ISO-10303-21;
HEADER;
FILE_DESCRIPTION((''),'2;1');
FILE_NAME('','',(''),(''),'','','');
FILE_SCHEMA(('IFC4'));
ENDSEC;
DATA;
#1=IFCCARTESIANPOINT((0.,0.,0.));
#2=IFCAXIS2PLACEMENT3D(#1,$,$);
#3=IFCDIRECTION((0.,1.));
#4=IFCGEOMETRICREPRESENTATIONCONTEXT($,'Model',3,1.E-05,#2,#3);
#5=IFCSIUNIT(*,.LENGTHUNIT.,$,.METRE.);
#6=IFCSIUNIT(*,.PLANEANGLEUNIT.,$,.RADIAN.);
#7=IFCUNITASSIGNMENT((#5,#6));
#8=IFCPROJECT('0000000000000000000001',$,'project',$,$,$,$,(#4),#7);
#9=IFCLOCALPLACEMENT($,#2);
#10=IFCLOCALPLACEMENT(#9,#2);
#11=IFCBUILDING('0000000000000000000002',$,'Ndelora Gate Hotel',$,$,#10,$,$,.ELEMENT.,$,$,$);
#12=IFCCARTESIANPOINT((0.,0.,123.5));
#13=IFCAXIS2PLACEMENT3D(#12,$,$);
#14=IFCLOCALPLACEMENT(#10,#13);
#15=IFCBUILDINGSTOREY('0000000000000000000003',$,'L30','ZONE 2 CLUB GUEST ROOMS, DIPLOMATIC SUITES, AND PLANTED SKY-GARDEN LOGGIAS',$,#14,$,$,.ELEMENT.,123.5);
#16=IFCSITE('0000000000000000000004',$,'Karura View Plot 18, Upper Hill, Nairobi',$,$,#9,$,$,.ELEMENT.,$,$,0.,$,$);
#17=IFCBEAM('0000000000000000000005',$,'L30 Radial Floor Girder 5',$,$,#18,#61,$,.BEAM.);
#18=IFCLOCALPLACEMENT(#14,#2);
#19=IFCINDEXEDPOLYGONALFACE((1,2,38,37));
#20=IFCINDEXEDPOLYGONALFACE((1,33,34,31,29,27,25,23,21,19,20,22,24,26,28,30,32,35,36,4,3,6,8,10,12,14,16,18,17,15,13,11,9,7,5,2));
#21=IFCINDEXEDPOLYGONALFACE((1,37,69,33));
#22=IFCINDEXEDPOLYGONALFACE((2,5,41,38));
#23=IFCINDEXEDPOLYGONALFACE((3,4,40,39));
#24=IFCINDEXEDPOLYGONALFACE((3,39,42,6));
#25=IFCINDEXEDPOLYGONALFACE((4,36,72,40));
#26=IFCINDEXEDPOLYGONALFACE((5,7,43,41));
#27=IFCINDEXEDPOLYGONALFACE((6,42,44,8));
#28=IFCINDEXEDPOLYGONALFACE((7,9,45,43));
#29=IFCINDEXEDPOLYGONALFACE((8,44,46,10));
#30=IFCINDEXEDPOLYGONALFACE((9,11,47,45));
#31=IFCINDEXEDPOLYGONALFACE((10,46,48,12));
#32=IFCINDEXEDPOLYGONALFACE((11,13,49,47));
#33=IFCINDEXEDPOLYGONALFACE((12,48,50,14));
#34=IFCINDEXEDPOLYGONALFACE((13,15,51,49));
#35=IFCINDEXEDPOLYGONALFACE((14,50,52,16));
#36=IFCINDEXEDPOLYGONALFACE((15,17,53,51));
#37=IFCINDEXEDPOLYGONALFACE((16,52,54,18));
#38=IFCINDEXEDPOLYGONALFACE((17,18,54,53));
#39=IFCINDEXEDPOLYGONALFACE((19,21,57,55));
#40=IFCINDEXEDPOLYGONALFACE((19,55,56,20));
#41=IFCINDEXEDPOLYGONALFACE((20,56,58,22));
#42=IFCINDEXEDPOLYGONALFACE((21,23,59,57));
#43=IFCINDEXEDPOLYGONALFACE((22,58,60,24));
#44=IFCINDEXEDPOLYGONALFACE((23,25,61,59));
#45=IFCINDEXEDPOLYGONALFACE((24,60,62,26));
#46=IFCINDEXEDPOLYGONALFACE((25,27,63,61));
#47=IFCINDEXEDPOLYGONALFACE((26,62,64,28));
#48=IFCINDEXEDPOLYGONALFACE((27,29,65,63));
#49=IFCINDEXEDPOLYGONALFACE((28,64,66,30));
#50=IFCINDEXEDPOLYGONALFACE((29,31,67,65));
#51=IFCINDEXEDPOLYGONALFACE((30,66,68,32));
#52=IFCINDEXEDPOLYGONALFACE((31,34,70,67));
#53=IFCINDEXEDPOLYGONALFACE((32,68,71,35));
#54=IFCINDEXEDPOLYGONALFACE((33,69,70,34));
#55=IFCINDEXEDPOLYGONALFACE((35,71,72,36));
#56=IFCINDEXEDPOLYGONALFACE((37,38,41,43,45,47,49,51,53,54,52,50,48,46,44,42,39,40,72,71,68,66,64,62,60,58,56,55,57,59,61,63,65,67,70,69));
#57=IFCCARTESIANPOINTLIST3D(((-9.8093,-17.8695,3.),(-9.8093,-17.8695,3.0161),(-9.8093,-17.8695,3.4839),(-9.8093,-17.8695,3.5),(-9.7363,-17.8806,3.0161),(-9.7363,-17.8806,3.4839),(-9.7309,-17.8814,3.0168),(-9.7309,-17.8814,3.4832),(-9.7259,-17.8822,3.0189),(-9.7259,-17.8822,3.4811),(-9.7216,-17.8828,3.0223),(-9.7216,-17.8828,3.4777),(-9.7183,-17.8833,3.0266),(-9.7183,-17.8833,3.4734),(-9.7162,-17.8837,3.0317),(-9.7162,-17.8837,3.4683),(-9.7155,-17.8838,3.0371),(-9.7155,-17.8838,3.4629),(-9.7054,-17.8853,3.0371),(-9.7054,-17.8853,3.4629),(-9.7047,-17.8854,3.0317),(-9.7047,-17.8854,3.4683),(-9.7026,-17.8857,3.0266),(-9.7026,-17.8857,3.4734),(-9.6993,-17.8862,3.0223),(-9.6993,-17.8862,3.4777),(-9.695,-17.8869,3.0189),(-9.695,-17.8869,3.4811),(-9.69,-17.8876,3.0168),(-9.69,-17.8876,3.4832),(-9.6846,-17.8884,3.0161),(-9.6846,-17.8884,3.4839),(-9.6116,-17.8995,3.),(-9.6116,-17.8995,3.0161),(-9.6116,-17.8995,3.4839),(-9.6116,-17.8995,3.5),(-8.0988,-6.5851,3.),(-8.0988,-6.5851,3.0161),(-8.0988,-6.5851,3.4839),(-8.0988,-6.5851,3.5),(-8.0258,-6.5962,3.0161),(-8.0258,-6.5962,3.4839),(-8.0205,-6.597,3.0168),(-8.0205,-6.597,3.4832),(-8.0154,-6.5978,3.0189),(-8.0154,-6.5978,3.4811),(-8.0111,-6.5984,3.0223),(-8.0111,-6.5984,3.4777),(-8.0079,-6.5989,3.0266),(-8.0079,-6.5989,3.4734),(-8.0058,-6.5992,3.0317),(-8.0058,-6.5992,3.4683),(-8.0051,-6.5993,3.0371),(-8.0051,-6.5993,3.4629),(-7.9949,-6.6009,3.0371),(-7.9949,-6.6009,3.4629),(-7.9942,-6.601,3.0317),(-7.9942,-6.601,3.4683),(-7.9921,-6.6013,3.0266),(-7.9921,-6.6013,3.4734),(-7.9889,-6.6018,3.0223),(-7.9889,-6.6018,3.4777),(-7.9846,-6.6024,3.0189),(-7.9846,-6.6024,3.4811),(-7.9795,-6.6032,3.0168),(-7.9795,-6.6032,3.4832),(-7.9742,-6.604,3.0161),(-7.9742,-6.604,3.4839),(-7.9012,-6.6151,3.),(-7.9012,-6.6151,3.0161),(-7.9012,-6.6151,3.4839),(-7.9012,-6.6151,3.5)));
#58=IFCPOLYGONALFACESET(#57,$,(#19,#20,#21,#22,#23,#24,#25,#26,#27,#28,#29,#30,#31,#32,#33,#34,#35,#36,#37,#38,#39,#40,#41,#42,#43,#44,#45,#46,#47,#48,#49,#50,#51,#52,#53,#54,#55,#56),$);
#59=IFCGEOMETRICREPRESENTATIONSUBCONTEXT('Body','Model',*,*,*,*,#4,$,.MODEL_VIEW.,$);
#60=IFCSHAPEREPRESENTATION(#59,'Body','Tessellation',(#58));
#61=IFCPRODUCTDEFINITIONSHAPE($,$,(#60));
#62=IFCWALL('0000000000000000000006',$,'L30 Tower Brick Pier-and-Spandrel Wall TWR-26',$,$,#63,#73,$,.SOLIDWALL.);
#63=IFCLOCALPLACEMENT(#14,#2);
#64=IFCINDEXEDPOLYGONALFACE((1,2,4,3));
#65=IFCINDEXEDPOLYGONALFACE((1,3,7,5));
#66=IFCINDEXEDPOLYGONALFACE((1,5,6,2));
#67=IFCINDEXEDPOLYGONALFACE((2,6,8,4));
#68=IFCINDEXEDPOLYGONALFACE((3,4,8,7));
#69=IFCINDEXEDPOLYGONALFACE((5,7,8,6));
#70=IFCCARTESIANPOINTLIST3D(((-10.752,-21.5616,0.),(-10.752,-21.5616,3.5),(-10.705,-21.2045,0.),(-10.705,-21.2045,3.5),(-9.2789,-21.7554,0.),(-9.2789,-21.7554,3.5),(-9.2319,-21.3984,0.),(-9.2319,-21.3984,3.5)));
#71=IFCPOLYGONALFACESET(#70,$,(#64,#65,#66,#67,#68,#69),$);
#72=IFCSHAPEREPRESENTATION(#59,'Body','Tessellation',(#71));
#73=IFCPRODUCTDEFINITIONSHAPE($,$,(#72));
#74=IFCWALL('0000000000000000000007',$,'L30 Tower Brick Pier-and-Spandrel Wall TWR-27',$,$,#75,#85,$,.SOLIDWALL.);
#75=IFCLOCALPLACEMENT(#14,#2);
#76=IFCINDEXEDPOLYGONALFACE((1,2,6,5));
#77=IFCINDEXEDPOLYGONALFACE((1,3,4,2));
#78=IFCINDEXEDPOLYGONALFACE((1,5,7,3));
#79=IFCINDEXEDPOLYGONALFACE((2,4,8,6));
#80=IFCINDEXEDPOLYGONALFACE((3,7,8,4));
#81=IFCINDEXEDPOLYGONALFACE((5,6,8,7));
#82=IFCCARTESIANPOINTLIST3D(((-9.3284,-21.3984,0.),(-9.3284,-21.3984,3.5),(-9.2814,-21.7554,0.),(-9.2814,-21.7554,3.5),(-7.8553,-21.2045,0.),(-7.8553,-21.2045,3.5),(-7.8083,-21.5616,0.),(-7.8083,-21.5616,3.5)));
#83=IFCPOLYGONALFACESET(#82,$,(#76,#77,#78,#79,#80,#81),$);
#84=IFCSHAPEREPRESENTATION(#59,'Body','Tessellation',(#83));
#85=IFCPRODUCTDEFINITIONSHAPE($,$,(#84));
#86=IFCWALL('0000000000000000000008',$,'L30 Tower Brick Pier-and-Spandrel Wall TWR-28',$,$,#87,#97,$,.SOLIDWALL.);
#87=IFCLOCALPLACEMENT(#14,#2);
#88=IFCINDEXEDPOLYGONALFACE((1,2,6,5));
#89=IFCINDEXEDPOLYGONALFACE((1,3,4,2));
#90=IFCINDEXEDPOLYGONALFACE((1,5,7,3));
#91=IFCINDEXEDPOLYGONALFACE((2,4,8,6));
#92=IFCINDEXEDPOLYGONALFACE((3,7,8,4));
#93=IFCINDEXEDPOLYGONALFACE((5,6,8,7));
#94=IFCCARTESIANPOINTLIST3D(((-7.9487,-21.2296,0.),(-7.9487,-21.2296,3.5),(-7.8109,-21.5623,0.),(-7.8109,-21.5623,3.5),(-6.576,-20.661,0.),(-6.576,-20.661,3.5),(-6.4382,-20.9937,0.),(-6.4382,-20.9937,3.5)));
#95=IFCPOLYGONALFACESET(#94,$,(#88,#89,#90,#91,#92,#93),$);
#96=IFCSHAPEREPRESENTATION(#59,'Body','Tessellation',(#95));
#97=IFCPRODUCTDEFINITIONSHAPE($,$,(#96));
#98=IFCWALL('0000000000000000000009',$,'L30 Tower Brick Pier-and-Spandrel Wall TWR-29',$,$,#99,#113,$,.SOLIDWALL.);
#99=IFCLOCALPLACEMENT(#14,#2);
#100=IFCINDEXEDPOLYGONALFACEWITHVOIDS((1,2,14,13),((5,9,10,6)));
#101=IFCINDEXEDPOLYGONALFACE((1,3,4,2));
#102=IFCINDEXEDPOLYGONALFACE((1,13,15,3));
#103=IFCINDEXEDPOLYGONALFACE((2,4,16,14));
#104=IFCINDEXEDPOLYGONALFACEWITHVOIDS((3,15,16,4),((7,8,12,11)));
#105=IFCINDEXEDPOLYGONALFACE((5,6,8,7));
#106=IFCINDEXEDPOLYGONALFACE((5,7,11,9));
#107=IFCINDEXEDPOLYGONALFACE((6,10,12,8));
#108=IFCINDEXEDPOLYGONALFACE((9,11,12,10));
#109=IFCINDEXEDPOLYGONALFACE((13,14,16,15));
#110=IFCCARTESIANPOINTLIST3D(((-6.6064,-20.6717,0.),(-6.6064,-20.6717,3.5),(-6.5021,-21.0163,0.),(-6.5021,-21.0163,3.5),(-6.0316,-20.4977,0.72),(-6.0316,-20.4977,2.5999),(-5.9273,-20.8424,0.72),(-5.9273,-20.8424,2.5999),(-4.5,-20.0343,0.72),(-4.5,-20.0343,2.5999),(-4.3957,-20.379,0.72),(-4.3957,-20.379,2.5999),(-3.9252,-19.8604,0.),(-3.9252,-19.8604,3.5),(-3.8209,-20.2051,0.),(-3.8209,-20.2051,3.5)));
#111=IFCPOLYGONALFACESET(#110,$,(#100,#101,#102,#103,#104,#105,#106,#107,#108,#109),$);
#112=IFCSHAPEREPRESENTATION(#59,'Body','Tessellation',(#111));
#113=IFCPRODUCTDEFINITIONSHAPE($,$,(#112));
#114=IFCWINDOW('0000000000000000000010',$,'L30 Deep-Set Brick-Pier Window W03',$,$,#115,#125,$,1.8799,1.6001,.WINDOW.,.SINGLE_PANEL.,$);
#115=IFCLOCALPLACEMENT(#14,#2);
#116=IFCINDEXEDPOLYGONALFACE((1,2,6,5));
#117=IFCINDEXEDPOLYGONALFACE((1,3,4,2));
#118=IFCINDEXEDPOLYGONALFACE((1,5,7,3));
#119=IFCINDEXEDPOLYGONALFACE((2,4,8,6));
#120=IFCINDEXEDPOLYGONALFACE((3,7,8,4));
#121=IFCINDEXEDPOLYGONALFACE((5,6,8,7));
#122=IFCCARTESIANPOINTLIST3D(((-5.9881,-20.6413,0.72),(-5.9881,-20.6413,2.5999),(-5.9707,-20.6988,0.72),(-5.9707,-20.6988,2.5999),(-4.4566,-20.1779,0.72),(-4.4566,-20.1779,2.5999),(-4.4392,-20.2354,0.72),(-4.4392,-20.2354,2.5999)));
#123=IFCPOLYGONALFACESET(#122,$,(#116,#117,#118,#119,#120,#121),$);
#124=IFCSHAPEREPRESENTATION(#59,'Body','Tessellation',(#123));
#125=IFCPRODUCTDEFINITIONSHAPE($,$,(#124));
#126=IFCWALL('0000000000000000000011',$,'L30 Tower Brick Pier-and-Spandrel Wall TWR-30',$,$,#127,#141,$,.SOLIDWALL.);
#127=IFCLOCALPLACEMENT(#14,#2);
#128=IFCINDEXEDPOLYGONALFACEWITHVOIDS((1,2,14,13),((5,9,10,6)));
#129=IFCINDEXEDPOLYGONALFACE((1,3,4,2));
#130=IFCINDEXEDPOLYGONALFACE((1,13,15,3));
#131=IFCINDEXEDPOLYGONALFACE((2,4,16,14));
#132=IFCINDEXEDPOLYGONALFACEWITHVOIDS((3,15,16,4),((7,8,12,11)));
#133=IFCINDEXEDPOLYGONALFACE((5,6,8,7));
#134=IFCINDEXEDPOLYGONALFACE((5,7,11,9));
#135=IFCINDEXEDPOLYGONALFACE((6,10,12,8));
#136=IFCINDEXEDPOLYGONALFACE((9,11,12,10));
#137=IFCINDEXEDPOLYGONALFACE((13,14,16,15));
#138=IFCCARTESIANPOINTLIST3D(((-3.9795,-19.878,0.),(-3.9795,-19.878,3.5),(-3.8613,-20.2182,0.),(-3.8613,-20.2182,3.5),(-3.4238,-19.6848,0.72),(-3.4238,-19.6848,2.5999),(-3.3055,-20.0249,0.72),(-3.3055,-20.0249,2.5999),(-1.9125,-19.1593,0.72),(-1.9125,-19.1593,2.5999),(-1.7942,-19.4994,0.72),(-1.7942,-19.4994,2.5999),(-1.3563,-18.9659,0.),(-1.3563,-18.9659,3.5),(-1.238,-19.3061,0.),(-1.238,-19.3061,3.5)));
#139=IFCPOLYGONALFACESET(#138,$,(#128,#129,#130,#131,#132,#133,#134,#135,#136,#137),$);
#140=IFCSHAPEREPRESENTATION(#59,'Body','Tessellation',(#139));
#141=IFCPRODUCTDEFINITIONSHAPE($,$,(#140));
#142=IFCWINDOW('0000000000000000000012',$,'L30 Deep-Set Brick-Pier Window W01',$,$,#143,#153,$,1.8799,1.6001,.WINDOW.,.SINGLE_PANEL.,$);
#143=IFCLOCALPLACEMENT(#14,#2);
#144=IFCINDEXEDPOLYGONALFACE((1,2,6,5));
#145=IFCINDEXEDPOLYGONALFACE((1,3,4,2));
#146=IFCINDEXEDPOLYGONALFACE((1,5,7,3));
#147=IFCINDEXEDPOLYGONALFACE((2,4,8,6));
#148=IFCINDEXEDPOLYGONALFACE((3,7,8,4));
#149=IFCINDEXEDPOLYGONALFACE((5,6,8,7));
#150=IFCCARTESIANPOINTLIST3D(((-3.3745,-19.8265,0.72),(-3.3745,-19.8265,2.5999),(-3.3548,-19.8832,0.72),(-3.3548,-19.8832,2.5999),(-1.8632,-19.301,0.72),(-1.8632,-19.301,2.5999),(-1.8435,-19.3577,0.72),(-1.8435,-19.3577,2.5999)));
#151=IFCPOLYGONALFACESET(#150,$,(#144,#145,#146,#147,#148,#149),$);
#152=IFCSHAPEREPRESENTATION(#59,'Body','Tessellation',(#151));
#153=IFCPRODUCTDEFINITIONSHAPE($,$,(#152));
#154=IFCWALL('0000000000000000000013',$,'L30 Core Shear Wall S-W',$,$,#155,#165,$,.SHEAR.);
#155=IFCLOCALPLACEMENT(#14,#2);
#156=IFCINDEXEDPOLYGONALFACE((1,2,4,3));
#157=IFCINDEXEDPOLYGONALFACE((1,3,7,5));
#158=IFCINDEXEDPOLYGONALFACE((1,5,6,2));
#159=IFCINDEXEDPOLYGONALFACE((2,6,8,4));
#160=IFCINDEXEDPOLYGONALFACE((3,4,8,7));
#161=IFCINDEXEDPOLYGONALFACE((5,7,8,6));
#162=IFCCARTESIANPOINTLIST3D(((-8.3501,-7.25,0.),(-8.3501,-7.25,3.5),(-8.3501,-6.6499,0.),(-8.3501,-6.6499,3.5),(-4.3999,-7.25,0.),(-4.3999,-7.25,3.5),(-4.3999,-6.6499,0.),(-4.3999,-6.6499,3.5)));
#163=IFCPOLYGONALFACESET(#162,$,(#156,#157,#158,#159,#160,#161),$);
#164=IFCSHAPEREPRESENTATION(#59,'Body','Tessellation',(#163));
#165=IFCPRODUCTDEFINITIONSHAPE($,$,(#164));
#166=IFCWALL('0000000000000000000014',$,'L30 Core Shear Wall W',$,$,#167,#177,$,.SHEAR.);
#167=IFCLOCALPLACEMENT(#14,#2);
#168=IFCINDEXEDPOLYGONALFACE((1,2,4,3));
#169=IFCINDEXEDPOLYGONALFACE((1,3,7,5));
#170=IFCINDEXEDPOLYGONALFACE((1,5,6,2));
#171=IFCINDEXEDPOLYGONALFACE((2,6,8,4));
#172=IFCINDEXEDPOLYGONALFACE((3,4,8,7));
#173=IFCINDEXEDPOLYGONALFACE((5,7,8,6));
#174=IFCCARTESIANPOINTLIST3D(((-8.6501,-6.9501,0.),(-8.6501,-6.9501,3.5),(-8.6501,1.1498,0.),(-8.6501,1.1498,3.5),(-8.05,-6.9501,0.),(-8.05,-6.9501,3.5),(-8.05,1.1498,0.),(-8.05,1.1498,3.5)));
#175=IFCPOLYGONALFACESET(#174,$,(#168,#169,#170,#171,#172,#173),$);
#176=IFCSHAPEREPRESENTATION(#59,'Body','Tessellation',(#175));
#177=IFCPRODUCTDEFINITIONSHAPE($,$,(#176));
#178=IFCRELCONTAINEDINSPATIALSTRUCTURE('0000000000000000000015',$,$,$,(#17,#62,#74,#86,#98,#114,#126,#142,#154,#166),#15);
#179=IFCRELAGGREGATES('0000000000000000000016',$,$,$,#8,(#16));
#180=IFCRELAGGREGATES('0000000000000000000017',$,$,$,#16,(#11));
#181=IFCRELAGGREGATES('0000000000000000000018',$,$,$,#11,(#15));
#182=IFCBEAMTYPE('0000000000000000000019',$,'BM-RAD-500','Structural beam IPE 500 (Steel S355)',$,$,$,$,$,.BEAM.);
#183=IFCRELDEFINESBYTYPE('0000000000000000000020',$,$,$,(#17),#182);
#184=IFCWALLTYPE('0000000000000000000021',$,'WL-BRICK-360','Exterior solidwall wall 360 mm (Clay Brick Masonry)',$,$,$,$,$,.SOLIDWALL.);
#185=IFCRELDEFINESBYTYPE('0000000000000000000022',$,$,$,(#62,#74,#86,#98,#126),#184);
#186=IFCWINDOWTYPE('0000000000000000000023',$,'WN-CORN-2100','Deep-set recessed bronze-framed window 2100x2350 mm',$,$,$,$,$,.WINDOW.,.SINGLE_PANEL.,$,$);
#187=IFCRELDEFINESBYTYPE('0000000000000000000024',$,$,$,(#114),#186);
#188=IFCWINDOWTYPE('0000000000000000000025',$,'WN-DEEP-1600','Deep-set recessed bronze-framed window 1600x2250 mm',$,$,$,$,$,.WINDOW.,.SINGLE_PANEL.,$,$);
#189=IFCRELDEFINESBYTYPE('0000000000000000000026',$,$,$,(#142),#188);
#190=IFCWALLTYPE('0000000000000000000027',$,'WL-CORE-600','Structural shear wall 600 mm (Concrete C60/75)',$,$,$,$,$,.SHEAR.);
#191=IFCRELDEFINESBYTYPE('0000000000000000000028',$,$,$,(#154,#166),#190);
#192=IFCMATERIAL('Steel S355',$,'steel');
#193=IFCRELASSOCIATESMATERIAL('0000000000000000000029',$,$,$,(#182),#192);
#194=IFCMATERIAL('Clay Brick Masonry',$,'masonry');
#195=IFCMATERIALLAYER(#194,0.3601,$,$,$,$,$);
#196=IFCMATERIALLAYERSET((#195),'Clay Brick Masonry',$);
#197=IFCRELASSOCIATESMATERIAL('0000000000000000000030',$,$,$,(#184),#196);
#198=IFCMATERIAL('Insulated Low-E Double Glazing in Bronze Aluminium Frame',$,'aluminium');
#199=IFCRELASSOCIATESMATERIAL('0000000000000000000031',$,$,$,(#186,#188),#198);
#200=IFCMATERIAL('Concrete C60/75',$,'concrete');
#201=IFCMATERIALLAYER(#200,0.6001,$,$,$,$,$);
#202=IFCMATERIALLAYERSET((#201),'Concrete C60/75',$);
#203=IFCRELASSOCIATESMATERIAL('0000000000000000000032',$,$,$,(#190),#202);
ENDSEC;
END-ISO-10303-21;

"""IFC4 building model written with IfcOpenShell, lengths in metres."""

from ifc_helpers import new_model, si_unit, direction, frame, frame_2d, origin, origin_2d, place, context, subcontext, project, spatial, rectangle, i_section, extrude, material, layer, layer_set, material_profile, profile_set, type_object, element, fill, save


model = new_model("IFC4")

# Units and contexts
model_context = context("Model", 3, precision=1e-05, world=origin(), true_north=direction((0.0, 1.0)))
body_context = subcontext(model_context, "Body", "Model", "MODEL_VIEW")
ifc_project = project(units=[si_unit("LENGTHUNIT", "METRE"), si_unit("PLANEANGLEUNIT", "RADIAN")], contexts=[model_context])

# Site, building, storey
site_placement = place(None, origin())
site = spatial("IfcSite", under=ifc_project, at=site_placement, Name="Karura View Plot 18, Upper Hill, Nairobi", CompositionType="ELEMENT", RefElevation=0.0)
building_placement = place(site_placement, origin())
building = spatial("IfcBuilding", under=site, at=building_placement, Name="Ndelora Gate Hotel", CompositionType="ELEMENT")
storey_placement = place(building_placement, frame((0.0, 0.0, 123.5)))
storey = spatial("IfcBuildingStorey", under=building, at=storey_placement, Name="L30", Description="ZONE 2 CLUB GUEST ROOMS, DIPLOMATIC SUITES, AND PLANTED SKY-GARDEN LOGGIAS", CompositionType="ELEMENT", Elevation=123.5)

# Shared definitions
ifc_material_1 = material(Name="Concrete C60/75", Category="concrete")

# Beam
ifc_material_2 = material(Name="Steel S355", Category="steel")
ifc_material_profile_1 = material_profile(ifc_material_2, i_section(OverallWidth=0.2, OverallDepth=0.5, WebThickness=0.0103, FlangeThickness=0.0161, FilletRadius=0.021, at=origin_2d()), Name="IPE 500")
ifc_profile_set_1 = profile_set([ifc_material_profile_1], Name="Steel S355")
beam_type_1 = type_object("IfcBeamType", Name="BM-RAD-500", Description="Structural beam IPE 500 (Steel S355)", PredefinedType="BEAM", material=ifc_profile_set_1)
beam_1_placement = place(storey_placement, frame((-8.0, -6.6001, 3.25), z_axis=(-0.149864, -0.988707, 0.0), x_axis=(0.988707, -0.149864, 0.0)))
element("IfcBeam", 1, at=beam_1_placement, inside=storey, type_object=beam_type_1, Name="L30 Radial Floor Girder 5", PredefinedType="BEAM", context=body_context, shape_type="SweptSolid", body=[
    extrude(i_section(OverallWidth=0.2, OverallDepth=0.5, WebThickness=0.0103, FlangeThickness=0.0161, FilletRadius=0.021, at=origin_2d()), origin(), (0.0, 0.0, 1.0), 11.4133),
])

# Walls
ifc_material_3 = material(Name="Clay Brick Masonry", Category="masonry")
ifc_layer_1 = layer(ifc_material_3, 0.3601)
ifc_layer_set_1 = layer_set([ifc_layer_1], Name="Clay Brick Masonry")
wall_type_1 = type_object("IfcWallType", Name="WL-BRICK-360", Description="Exterior solidwall wall 360 mm (Clay Brick Masonry)", PredefinedType="SOLIDWALL", material=ifc_layer_set_1)
for number, where, z_axis, x_axis, name in (
    (2, (-9.2554, -21.5769, 0.0), (0.0, 0.0, 1.0), (-0.991453, 0.130463, 0.0), "L30 Tower Brick Pier-and-Spandrel Wall TWR-26"),
    (3, (-7.8318, -21.3831, 0.0), (0.0, 0.0, 1.0), (-0.991453, -0.130463, 0.0), "L30 Tower Brick Pier-and-Spandrel Wall TWR-27"),
    (4, (-6.5071, -20.8274, 0.0), (0.0, 0.0, 1.0), (-0.923887, -0.382666, 0.0), "L30 Tower Brick Pier-and-Spandrel Wall TWR-28"),
):
    element("IfcWall", number, at=place(storey_placement, frame(where, z_axis=z_axis, x_axis=x_axis)), inside=storey, type_object=wall_type_1, Name=name, PredefinedType="SOLIDWALL", context=body_context, shape_type="SweptSolid", body=[
        extrude(rectangle(XDim=1.4858, YDim=0.3601, at=frame_2d((0.7429, 0.0))), origin(), (0.0, 0.0, 1.0), 3.5),
    ])

# Walls, openings, windows
wall_1_placement = place(storey_placement, frame((-3.873, -20.0327, 0.0), z_axis=(0.0, 0.0, 1.0), x_axis=(-0.957142, -0.289618, 0.0)))
wall_1 = element("IfcWall", 5, at=wall_1_placement, inside=storey, type_object=wall_type_1, Name="L30 Tower Brick Pier-and-Spandrel Wall TWR-29", PredefinedType="SOLIDWALL", context=body_context, shape_type="SweptSolid", body=[
    extrude(rectangle(XDim=2.8013, YDim=0.3601, at=frame_2d((1.4006, 0.0))), origin(), (0.0, 0.0, 1.0), 3.5),
])
opening_1_placement = place(wall_1_placement, frame((0.6006, 0.0, 0.72)))
opening_1 = element("IfcOpeningElement", 6, at=opening_1_placement, cuts=wall_1, PredefinedType="OPENING", context=body_context, shape_type="SweptSolid", body=[
    extrude(rectangle(XDim=1.6001, YDim=1.8799, at=frame_2d((0.8, 0.9399))), frame((0.0, 0.1899, 0.0), z_axis=(0.0, -1.0, 0.0), x_axis=(1.0, 0.0, 0.0)), (0.0, 0.0, 1.0), 0.3801),
])
ifc_material_4 = material(Name="Insulated Low-E Double Glazing in Bronze Aluminium Frame", Category="aluminium")
window_type_1 = type_object("IfcWindowType", Name="WN-CORN-2100", Description="Deep-set recessed bronze-framed window 2100x2350 mm", PartitioningType="SINGLE_PANEL", PredefinedType="WINDOW", material=ifc_material_4)
window_1_placement = place(opening_1_placement, origin())
window_1 = element("IfcWindow", 7, at=window_1_placement, inside=storey, type_object=window_type_1, Name="L30 Deep-Set Brick-Pier Window W03", OverallHeight=1.8799, OverallWidth=1.6001, PartitioningType="SINGLE_PANEL", PredefinedType="WINDOW", context=body_context, shape_type="SweptSolid", body=[
    extrude(rectangle(XDim=1.6001, YDim=1.8799, at=frame_2d((0.8, 0.9399))), frame((0.0, 0.03, 0.0), z_axis=(0.0, -1.0, 0.0), x_axis=(1.0, 0.0, 0.0)), (0.0, 0.0, 1.0), 0.0601),
])
fill(opening_1, window_1)
wall_2_placement = place(storey_placement, frame((-1.2971, -19.136, 0.0), z_axis=(0.0, 0.0, 1.0), x_axis=(-0.944535, -0.328412, 0.0)))
wall_2 = element("IfcWall", 8, at=wall_2_placement, inside=storey, type_object=wall_type_1, Name="L30 Tower Brick Pier-and-Spandrel Wall TWR-30", PredefinedType="SOLIDWALL", context=body_context, shape_type="SweptSolid", body=[
    extrude(rectangle(XDim=2.7773, YDim=0.3601, at=frame_2d((1.3887, 0.0))), origin(), (0.0, 0.0, 1.0), 3.5),
])
opening_2_placement = place(wall_2_placement, frame((0.5889, 0.0, 0.72)))
opening_2 = element("IfcOpeningElement", 9, at=opening_2_placement, cuts=wall_2, PredefinedType="OPENING", context=body_context, shape_type="SweptSolid", body=[
    extrude(rectangle(XDim=1.6001, YDim=1.8799, at=frame_2d((0.8, 0.9399))), frame((0.0, 0.1899, 0.0), z_axis=(0.0, -1.0, 0.0), x_axis=(1.0, 0.0, 0.0)), (0.0, 0.0, 1.0), 0.3801),
])
window_type_2 = type_object("IfcWindowType", Name="WN-DEEP-1600", Description="Deep-set recessed bronze-framed window 1600x2250 mm", PartitioningType="SINGLE_PANEL", PredefinedType="WINDOW", material=ifc_material_4)
window_2_placement = place(opening_2_placement, origin())
window_2 = element("IfcWindow", 10, at=window_2_placement, inside=storey, type_object=window_type_2, Name="L30 Deep-Set Brick-Pier Window W01", OverallHeight=1.8799, OverallWidth=1.6001, PartitioningType="SINGLE_PANEL", PredefinedType="WINDOW", context=body_context, shape_type="SweptSolid", body=[
    extrude(rectangle(XDim=1.6001, YDim=1.8799, at=frame_2d((0.8, 0.9399))), frame((0.0, 0.03, 0.0), z_axis=(0.0, -1.0, 0.0), x_axis=(1.0, 0.0, 0.0)), (0.0, 0.0, 1.0), 0.0601),
])
fill(opening_2, window_2)

# Walls
ifc_layer_2 = layer(ifc_material_1, 0.6001)
ifc_layer_set_2 = layer_set([ifc_layer_2], Name="Concrete C60/75")
wall_type_2 = type_object("IfcWallType", Name="WL-CORE-600", Description="Structural shear wall 600 mm (Concrete C60/75)", PredefinedType="SHEAR", material=ifc_layer_set_2)
wall_3_placement = place(storey_placement, frame((-8.3501, -6.95, 0.0), z_axis=(0.0, 0.0, 1.0), x_axis=(1.0, 0.0, 0.0)))
element("IfcWall", 11, at=wall_3_placement, inside=storey, type_object=wall_type_2, Name="L30 Core Shear Wall S-W", PredefinedType="SHEAR", context=body_context, shape_type="SweptSolid", body=[
    extrude(rectangle(XDim=3.9502, YDim=0.6001, at=frame_2d((1.9751, 0.0))), origin(), (0.0, 0.0, 1.0), 3.5),
])
wall_4_placement = place(storey_placement, frame((-8.3501, -6.95, 0.0), z_axis=(0.0, 0.0, 1.0), x_axis=(0.0, 1.0, 0.0)))
element("IfcWall", 12, at=wall_4_placement, inside=storey, type_object=wall_type_2, Name="L30 Core Shear Wall W", PredefinedType="SHEAR", context=body_context, shape_type="SweptSolid", body=[
    extrude(rectangle(XDim=8.0999, YDim=0.6001, at=frame_2d((4.0498, 0.0))), origin(), (0.0, 0.0, 1.0), 3.5),
])

save(model, "model.ifc")
